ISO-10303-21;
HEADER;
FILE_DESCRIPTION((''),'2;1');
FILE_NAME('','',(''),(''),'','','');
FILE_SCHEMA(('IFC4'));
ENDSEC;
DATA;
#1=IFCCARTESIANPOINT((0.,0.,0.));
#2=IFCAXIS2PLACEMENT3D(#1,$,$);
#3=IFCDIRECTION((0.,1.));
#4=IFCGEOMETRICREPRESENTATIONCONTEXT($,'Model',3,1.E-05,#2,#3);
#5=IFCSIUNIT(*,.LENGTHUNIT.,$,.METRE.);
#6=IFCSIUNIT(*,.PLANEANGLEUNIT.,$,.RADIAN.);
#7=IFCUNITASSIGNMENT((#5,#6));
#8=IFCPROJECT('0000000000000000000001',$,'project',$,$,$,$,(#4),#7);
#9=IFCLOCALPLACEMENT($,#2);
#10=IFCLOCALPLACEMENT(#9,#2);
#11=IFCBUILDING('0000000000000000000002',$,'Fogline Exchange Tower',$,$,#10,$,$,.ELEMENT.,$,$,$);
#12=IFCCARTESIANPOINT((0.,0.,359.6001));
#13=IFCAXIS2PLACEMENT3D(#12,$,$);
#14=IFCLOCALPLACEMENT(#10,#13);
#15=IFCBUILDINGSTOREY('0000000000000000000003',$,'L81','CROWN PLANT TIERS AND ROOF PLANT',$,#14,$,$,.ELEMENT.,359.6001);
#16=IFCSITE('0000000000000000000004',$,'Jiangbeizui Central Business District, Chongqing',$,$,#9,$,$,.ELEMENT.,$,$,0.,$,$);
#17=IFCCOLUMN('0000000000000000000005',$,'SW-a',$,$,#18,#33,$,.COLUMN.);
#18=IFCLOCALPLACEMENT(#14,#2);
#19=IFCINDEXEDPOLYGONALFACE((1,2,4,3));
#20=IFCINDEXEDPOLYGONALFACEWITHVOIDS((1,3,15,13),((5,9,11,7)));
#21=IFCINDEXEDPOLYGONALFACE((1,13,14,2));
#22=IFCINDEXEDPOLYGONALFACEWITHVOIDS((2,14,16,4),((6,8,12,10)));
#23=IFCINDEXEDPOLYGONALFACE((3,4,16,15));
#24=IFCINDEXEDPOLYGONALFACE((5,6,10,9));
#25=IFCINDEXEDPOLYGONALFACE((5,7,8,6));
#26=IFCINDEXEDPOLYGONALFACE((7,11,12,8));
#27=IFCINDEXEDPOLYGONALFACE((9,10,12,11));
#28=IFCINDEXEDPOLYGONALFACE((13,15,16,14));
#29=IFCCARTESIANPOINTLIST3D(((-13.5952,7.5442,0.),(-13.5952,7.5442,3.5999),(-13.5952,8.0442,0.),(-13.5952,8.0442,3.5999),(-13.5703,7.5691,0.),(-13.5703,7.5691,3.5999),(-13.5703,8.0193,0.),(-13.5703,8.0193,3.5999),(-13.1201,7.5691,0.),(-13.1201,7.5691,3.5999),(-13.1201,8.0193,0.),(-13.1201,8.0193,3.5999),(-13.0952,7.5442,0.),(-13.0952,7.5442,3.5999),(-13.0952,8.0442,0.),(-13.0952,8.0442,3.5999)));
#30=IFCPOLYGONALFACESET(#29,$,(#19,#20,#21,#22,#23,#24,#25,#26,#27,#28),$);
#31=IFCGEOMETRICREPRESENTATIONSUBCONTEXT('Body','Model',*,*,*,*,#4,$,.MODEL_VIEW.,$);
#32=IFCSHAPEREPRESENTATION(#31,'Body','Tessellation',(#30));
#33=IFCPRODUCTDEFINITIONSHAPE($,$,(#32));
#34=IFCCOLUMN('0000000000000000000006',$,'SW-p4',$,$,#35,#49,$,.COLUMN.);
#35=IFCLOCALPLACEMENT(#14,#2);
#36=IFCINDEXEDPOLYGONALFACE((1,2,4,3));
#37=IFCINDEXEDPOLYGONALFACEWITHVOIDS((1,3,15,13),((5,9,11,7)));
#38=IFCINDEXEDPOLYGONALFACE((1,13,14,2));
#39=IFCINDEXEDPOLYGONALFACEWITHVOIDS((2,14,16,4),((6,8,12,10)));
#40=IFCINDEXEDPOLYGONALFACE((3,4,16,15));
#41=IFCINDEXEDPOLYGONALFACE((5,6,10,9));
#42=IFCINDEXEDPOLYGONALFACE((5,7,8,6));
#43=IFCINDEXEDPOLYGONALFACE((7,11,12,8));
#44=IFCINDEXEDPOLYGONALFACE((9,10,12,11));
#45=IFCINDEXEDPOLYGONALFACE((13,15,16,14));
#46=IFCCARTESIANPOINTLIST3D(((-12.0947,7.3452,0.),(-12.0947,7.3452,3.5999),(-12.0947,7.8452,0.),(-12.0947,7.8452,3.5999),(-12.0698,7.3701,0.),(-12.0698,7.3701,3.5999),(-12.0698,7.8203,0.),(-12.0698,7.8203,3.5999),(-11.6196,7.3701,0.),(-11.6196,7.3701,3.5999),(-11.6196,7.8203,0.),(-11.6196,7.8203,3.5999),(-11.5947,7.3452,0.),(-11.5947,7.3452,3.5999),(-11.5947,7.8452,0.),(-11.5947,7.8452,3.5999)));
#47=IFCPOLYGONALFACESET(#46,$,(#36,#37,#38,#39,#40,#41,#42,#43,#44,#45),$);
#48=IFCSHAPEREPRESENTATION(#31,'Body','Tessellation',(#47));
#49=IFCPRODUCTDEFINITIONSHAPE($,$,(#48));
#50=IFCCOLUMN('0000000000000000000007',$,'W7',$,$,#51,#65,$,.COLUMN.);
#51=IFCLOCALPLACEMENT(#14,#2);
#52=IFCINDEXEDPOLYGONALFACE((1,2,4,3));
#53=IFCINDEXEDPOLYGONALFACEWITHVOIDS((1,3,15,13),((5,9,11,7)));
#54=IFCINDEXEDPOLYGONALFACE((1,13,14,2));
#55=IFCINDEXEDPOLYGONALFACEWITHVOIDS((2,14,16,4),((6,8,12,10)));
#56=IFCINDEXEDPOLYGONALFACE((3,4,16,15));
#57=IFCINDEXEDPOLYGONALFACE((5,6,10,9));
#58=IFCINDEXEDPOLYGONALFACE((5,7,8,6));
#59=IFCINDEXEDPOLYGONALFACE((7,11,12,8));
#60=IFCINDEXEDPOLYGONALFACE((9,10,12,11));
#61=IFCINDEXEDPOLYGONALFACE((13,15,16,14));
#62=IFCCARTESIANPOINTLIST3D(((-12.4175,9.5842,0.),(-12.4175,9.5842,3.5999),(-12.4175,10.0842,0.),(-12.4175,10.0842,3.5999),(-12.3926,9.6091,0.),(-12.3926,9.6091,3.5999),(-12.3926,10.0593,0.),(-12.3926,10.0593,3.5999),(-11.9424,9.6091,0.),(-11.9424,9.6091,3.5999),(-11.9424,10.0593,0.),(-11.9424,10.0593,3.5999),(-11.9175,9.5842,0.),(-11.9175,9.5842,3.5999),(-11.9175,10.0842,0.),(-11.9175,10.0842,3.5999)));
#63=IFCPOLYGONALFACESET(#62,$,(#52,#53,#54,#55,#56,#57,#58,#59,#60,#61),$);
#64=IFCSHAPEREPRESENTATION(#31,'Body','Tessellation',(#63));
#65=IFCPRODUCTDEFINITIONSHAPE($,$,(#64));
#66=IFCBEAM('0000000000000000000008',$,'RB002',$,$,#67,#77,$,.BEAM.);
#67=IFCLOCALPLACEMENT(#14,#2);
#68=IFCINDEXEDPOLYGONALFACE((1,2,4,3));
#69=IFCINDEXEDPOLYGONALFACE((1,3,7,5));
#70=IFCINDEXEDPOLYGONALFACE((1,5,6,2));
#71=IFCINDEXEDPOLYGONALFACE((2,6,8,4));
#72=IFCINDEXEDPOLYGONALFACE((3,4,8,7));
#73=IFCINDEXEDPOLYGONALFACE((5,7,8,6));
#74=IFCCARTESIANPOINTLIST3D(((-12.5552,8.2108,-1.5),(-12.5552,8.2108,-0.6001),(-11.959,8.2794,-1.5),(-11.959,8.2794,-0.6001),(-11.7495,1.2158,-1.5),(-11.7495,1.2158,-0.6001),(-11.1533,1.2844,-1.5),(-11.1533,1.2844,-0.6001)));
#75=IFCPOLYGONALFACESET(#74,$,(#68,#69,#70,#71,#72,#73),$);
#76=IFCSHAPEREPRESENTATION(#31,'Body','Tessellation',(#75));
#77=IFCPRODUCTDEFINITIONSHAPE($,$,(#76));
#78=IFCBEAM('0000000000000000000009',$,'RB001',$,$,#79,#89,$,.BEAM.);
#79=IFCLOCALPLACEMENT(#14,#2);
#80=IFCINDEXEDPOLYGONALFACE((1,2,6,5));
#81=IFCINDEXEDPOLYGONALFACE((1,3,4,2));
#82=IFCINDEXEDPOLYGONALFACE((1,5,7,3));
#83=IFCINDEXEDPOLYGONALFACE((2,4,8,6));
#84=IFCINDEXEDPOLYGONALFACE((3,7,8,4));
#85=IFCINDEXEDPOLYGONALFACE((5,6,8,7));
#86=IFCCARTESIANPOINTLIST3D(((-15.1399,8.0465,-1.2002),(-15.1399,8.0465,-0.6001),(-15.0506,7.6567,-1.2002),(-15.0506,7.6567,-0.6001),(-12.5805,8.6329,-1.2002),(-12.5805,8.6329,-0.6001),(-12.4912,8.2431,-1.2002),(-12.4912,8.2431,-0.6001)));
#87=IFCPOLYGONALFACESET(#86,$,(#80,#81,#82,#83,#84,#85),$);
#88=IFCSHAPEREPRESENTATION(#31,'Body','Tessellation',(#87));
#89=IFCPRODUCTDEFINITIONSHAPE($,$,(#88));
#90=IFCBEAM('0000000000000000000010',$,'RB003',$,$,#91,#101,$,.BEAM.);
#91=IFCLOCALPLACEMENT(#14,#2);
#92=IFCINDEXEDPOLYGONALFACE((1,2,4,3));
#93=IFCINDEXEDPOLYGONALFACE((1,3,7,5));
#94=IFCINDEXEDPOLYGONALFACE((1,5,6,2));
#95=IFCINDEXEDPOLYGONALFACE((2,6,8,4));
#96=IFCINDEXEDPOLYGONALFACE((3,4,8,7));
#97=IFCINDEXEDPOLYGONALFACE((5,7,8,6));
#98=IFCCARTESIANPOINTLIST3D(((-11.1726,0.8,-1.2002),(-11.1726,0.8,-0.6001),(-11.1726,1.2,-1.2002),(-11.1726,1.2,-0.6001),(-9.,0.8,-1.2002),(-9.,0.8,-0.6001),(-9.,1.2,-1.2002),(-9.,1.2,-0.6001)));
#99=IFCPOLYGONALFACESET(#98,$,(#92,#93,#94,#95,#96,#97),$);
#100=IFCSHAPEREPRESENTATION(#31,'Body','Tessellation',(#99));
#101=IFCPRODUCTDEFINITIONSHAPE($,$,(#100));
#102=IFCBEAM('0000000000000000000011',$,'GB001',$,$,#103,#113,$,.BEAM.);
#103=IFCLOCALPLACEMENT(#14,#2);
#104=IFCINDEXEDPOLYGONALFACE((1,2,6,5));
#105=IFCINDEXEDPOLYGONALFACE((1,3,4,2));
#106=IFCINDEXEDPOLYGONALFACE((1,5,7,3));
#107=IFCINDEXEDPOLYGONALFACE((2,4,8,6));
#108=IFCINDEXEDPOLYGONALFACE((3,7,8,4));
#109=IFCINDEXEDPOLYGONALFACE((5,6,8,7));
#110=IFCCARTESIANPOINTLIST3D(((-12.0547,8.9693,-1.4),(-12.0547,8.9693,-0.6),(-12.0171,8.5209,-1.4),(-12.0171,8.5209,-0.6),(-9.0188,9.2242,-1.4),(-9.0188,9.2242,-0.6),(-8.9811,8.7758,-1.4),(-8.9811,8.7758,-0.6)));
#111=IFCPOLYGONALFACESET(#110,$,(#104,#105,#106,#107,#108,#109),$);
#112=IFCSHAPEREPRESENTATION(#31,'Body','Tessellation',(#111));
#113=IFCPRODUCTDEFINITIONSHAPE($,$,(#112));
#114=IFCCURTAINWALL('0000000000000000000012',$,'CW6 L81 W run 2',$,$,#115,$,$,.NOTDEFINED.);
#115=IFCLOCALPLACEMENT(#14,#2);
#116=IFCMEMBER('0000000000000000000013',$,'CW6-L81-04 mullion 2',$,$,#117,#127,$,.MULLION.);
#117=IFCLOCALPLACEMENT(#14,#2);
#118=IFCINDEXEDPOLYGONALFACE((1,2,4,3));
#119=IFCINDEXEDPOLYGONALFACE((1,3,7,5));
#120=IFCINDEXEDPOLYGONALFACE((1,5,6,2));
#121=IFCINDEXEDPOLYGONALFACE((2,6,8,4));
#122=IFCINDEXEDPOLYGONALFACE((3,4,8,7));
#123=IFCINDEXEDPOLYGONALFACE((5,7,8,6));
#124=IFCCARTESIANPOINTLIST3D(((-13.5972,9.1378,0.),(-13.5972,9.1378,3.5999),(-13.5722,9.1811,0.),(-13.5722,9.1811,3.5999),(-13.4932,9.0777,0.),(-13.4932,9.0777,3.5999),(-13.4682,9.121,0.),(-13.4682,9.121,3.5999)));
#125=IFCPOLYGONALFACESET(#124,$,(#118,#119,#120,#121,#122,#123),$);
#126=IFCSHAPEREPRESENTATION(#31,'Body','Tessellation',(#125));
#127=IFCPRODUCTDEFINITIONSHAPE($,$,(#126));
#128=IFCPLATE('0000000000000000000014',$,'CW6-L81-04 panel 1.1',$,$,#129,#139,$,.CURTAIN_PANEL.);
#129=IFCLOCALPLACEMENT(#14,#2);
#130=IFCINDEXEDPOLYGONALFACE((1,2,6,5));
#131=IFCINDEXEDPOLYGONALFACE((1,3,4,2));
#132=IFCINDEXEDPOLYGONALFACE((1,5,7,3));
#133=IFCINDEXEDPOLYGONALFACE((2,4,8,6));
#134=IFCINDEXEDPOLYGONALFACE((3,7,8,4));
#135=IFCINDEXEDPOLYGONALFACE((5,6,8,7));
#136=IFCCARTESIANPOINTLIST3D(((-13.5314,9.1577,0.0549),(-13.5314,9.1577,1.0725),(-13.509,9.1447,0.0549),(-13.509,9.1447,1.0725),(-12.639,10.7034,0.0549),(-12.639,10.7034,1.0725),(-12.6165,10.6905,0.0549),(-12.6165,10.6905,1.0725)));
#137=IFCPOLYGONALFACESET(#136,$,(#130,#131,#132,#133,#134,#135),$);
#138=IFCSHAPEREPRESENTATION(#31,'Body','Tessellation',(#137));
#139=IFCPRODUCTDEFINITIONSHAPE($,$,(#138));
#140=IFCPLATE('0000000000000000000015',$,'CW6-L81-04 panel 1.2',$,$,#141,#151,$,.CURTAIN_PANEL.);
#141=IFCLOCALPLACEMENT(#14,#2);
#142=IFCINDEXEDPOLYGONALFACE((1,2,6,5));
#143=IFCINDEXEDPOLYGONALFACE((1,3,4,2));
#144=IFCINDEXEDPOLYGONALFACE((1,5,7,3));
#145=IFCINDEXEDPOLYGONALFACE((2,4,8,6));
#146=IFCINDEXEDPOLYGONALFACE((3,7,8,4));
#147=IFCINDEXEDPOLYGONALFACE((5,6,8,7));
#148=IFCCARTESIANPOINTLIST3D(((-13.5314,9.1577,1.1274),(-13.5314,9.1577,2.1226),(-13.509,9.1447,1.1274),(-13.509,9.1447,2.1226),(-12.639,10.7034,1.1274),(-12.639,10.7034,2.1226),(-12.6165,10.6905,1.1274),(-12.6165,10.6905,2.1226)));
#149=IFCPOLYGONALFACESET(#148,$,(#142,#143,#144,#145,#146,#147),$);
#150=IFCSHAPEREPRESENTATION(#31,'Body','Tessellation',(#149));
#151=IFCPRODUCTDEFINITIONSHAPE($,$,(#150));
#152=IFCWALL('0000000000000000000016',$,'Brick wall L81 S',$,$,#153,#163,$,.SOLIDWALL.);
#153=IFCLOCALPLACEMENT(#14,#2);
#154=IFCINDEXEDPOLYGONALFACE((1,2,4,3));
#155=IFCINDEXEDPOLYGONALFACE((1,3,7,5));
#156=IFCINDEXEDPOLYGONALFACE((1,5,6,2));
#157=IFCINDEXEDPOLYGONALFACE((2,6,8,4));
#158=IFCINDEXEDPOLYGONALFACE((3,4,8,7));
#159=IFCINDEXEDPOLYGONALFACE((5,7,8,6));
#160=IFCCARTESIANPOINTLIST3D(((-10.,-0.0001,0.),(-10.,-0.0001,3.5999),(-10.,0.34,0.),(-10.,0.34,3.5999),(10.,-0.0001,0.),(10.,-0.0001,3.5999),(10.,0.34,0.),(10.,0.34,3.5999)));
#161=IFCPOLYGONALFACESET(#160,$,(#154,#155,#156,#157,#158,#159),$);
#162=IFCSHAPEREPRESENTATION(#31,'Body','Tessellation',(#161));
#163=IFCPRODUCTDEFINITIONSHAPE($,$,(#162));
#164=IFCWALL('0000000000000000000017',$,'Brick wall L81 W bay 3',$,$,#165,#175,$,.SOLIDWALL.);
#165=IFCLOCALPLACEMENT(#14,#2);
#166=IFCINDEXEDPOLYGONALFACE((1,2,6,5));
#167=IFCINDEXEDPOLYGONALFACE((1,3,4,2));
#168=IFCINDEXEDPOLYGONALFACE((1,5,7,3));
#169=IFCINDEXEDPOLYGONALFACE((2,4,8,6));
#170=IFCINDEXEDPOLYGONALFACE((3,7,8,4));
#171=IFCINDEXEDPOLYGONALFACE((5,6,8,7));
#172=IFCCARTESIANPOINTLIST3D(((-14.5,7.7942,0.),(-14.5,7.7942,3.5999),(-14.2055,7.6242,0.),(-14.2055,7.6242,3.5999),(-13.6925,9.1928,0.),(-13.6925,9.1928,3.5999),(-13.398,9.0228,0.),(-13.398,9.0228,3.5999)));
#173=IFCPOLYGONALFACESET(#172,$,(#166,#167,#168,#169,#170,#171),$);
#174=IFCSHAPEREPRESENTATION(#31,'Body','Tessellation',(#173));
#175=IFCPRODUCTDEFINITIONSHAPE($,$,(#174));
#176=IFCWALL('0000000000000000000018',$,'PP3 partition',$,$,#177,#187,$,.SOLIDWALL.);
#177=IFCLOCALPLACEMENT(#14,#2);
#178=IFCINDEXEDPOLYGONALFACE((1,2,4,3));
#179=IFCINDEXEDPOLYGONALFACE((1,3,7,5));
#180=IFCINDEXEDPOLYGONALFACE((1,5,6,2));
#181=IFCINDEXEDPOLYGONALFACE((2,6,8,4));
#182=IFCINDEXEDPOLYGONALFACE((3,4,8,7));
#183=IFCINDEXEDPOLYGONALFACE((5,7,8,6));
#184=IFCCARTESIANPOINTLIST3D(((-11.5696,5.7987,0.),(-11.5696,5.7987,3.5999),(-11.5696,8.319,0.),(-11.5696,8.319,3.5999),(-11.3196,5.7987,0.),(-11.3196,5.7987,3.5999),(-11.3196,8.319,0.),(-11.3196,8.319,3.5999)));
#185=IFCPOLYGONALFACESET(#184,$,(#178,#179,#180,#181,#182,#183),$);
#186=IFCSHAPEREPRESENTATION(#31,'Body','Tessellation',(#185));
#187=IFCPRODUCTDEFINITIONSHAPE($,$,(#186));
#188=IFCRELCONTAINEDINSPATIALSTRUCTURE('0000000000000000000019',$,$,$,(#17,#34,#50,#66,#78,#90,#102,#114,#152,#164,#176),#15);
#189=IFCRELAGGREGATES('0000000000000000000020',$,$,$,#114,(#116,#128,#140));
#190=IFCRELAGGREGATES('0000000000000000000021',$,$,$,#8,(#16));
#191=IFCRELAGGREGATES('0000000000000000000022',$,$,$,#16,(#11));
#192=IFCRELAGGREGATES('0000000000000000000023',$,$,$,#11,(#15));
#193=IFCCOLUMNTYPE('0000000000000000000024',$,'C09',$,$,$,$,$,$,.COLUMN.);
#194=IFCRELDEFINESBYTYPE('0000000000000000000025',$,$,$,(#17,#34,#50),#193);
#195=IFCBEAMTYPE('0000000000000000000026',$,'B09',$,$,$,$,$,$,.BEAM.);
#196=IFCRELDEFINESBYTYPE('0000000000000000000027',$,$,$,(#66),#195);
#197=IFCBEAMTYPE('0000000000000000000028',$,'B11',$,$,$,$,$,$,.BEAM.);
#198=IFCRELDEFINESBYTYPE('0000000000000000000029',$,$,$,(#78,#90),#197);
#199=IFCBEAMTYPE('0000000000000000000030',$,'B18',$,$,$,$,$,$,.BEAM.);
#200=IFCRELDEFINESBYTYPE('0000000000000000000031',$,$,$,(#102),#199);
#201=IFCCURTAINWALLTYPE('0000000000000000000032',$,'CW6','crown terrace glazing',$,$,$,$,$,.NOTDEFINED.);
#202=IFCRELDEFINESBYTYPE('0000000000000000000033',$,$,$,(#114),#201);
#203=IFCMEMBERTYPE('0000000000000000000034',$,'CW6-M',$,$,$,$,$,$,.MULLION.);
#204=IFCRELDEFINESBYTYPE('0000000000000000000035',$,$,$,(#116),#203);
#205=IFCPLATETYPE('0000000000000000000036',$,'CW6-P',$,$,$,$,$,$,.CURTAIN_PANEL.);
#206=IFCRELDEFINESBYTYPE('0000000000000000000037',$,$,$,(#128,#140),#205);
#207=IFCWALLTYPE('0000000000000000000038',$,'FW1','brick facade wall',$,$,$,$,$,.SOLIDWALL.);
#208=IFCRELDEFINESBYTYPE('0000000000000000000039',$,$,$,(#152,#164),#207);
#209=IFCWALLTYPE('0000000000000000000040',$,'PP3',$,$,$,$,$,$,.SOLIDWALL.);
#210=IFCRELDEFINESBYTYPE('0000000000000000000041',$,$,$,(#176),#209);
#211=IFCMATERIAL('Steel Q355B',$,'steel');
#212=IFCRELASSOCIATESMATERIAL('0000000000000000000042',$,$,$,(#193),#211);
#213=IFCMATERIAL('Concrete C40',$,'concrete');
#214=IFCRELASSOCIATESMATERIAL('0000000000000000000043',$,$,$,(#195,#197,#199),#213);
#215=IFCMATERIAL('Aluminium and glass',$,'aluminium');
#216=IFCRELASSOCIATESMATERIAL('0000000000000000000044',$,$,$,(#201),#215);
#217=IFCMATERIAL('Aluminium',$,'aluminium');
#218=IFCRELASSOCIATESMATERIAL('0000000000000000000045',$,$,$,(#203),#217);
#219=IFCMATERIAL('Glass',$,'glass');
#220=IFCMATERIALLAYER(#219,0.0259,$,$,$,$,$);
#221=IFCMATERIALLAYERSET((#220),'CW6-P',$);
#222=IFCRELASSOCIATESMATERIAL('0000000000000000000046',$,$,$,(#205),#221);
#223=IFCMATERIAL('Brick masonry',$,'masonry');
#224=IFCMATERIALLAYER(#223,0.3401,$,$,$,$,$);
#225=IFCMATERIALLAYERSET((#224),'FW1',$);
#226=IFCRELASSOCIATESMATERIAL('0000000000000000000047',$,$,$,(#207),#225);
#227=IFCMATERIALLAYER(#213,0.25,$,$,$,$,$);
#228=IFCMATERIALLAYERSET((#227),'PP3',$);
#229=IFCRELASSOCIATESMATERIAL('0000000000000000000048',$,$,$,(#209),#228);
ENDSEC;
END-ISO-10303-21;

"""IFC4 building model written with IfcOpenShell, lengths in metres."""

from ifc_helpers import new_model, si_unit, direction, frame, frame_2d, origin, origin_2d, place, context, subcontext, project, spatial, rectangle, hollow_rectangle, extrude, material, layer, layer_set, material_profile, profile_set, type_object, element, aggregate, save


model = new_model("IFC4")

# Units and contexts
model_context = context("Model", 3, precision=1e-05, world=origin(), true_north=direction((0.0, 1.0)))
body_context = subcontext(model_context, "Body", "Model", "MODEL_VIEW")
ifc_project = project(units=[si_unit("LENGTHUNIT", "METRE"), si_unit("PLANEANGLEUNIT", "RADIAN")], contexts=[model_context])

# Site, building, storey
site_placement = place(None, origin())
site = spatial("IfcSite", under=ifc_project, at=site_placement, Name="Jiangbeizui Central Business District, Chongqing", CompositionType="ELEMENT", RefElevation=0.0)
building_placement = place(site_placement, origin())
building = spatial("IfcBuilding", under=site, at=building_placement, Name="Fogline Exchange Tower", CompositionType="ELEMENT")
storey_placement = place(building_placement, frame((0.0, 0.0, 359.6001)))
storey = spatial("IfcBuildingStorey", under=building, at=storey_placement, Name="L81", Description="CROWN PLANT TIERS AND ROOF PLANT", CompositionType="ELEMENT", Elevation=359.6001)

# Columns
ifc_material_1 = material(Name="Steel Q355B", Category="steel")
ifc_material_profile_1 = material_profile(ifc_material_1, hollow_rectangle(XDim=0.5, YDim=0.5, WallThickness=0.0249, at=origin_2d()), Name="BOX500X500X25")
ifc_profile_set_1 = profile_set([ifc_material_profile_1], Name="Steel Q355B")
column_type = type_object("IfcColumnType", Name="C09", PredefinedType="COLUMN", material=ifc_profile_set_1)
for number, where, z_axis, x_axis, name in (
    (1, (-13.3452, 7.7942, 0.0), (0.0, 0.0, 1.0), (1.0, 0.0, 0.0), "SW-a"),
    (2, (-11.8447, 7.5952, 0.0), (0.0, 0.0, 1.0), (1.0, 0.0, 0.0), "SW-p4"),
    (3, (-12.1675, 9.8342, 0.0), (0.0, 0.0, 1.0), (1.0, 0.0, 0.0), "W7"),
):
    element("IfcColumn", number, at=place(storey_placement, frame(where, z_axis=z_axis, x_axis=x_axis)), inside=storey, type_object=column_type, Name=name, PredefinedType="COLUMN", context=body_context, shape_type="SweptSolid", body=[
        extrude(hollow_rectangle(XDim=0.5, YDim=0.5, WallThickness=0.0249, at=origin_2d()), origin(), (0.0, 0.0, 1.0), 3.5999),
    ])

# Beams
ifc_material_2 = material(Name="Concrete C40", Category="concrete")
ifc_material_profile_2 = material_profile(ifc_material_2, rectangle(XDim=0.6001, YDim=0.8999, at=origin_2d()), Name="RC 600x900")
ifc_profile_set_2 = profile_set([ifc_material_profile_2], Name="Concrete C40")
beam_type_1 = type_object("IfcBeamType", Name="B09", PredefinedType="BEAM", material=ifc_profile_set_2)
beam_1_placement = place(storey_placement, frame((-12.2571, 8.2451, -1.05), z_axis=(0.114419, -0.993433, 0.0), x_axis=(0.993433, 0.114419, 0.0)))
element("IfcBeam", 4, at=beam_1_placement, inside=storey, type_object=beam_type_1, Name="RB002", PredefinedType="BEAM", context=body_context, shape_type="SweptSolid", body=[
    extrude(rectangle(XDim=0.6001, YDim=0.8999, at=origin_2d()), origin(), (0.0, 0.0, 1.0), 7.0413),
])
ifc_material_profile_3 = material_profile(ifc_material_2, rectangle(XDim=0.3999, YDim=0.6001, at=origin_2d()), Name="RC 400x600")
ifc_profile_set_3 = profile_set([ifc_material_profile_3], Name="Concrete C40")
beam_type_2 = type_object("IfcBeamType", Name="B11", PredefinedType="BEAM", material=ifc_profile_set_3)
beam_2_placement = place(storey_placement, frame((-15.0952, 7.8516, -0.9001), z_axis=(0.974739, 0.223345, 0.0), x_axis=(-0.223345, 0.974739, 0.0)))
element("IfcBeam", 5, at=beam_2_placement, inside=storey, type_object=beam_type_2, Name="RB001", PredefinedType="BEAM", context=body_context, shape_type="SweptSolid", body=[
    extrude(rectangle(XDim=0.3999, YDim=0.6001, at=origin_2d()), origin(), (0.0, 0.0, 1.0), 2.6257),
])
beam_3_placement = place(storey_placement, frame((-11.1726, 1.0, -0.9001), z_axis=(1.0, 0.0, 0.0), x_axis=(0.0, 1.0, 0.0)))
element("IfcBeam", 6, at=beam_3_placement, inside=storey, type_object=beam_type_2, Name="RB003", PredefinedType="BEAM", context=body_context, shape_type="SweptSolid", body=[
    extrude(rectangle(XDim=0.3999, YDim=0.6001, at=origin_2d()), origin(), (0.0, 0.0, 1.0), 2.1726),
])
ifc_material_profile_4 = material_profile(ifc_material_2, rectangle(XDim=0.45, YDim=0.8, at=origin_2d()), Name="RC 450x800")
ifc_profile_set_4 = profile_set([ifc_material_profile_4], Name="Concrete C40")
beam_type_3 = type_object("IfcBeamType", Name="B18", PredefinedType="BEAM", material=ifc_profile_set_4)
beam_4_placement = place(storey_placement, frame((-12.0359, 8.7451, -1.0), z_axis=(0.996494, 0.083662, 0.0), x_axis=(-0.083662, 0.996494, 0.0)))
element("IfcBeam", 7, at=beam_4_placement, inside=storey, type_object=beam_type_3, Name="GB001", PredefinedType="BEAM", context=body_context, shape_type="SweptSolid", body=[
    extrude(rectangle(XDim=0.45, YDim=0.8, at=origin_2d()), origin(), (0.0, 0.0, 1.0), 3.0466),
])

# Curtain wall, member, plates
ifc_material_3 = material(Name="Aluminium and glass", Category="aluminium")
curtain_wall_type = type_object("IfcCurtainWallType", Name="CW6", Description="crown terrace glazing", PredefinedType="NOTDEFINED", material=ifc_material_3)
curtain_wall_placement = place(storey_placement, origin())
curtain_wall = element("IfcCurtainWall", 8, at=curtain_wall_placement, inside=storey, type_object=curtain_wall_type, Name="CW6 L81 W run 2", PredefinedType="NOTDEFINED")
ifc_material_4 = material(Name="Aluminium", Category="aluminium")
ifc_material_profile_5 = material_profile(ifc_material_4, rectangle(XDim=0.1201, YDim=0.05, at=origin_2d()), Name="Mullion 50x120")
ifc_profile_set_5 = profile_set([ifc_material_profile_5], Name="Aluminium")
member_type = type_object("IfcMemberType", Name="CW6-M", PredefinedType="MULLION", material=ifc_profile_set_5)
member_placement = place(storey_placement, frame((-13.5327, 9.1294, 0.0), z_axis=(0.0, 0.0, 1.0), x_axis=(0.866026, -0.5, 0.0)))
member = element("IfcMember", 9, at=member_placement, type_object=member_type, Name="CW6-L81-04 mullion 2", PredefinedType="MULLION", context=body_context, shape_type="SweptSolid", body=[
    extrude(rectangle(XDim=0.1201, YDim=0.05, at=origin_2d()), origin(), (0.0, 0.0, 1.0), 3.5999),
])
ifc_material_5 = material(Name="Glass", Category="glass")
ifc_layer_1 = layer(ifc_material_5, 0.0259)
ifc_layer_set_1 = layer_set([ifc_layer_1], Name="CW6-P")
plate_type = type_object("IfcPlateType", Name="CW6-P", PredefinedType="CURTAIN_PANEL", material=ifc_layer_set_1)
plate_1_placement = place(storey_placement, frame((-13.074, 9.9241, 0.0549), z_axis=(0.0, 0.0, 1.0), x_axis=(-0.5, -0.866026, 0.0)))
plate_1 = element("IfcPlate", 10, at=plate_1_placement, type_object=plate_type, Name="CW6-L81-04 panel 1.1", PredefinedType="CURTAIN_PANEL", context=body_context, shape_type="SweptSolid", body=[
    extrude(rectangle(XDim=1.7849, YDim=0.0259, at=origin_2d()), origin(), (0.0, 0.0, 1.0), 1.0176),
])
plate_2_placement = place(storey_placement, frame((-13.074, 9.9241, 1.1274), z_axis=(0.0, 0.0, 1.0), x_axis=(-0.5, -0.866026, 0.0)))
plate_2 = element("IfcPlate", 11, at=plate_2_placement, type_object=plate_type, Name="CW6-L81-04 panel 1.2", PredefinedType="CURTAIN_PANEL", context=body_context, shape_type="SweptSolid", body=[
    extrude(rectangle(XDim=1.7849, YDim=0.0259, at=origin_2d()), origin(), (0.0, 0.0, 1.0), 0.9951),
])
aggregate(curtain_wall, [member, plate_1, plate_2])

# Shared definitions
ifc_material_6 = material(Name="Brick masonry", Category="masonry")
ifc_layer_2 = layer(ifc_material_6, 0.3401)
ifc_layer_set_2 = layer_set([ifc_layer_2], Name="FW1")
wall_type_1 = type_object("IfcWallType", Name="FW1", Description="brick facade wall", PredefinedType="SOLIDWALL", material=ifc_layer_set_2)

# Walls
wall_1_placement = place(storey_placement, frame((-10.0, 0.1699, 0.0), z_axis=(0.0, 0.0, 1.0), x_axis=(1.0, 0.0, 0.0)))
element("IfcWall", 12, at=wall_1_placement, inside=storey, type_object=wall_type_1, Name="Brick wall L81 S", PredefinedType="SOLIDWALL", context=body_context, shape_type="SweptSolid", body=[
    extrude(rectangle(XDim=20.0, YDim=0.3401, at=frame_2d((10.0, 0.0))), origin(), (0.0, 0.0, 1.0), 3.5999),
])
wall_2_placement = place(storey_placement, frame((-13.5452, 9.1079, 0.0), z_axis=(0.0, 0.0, 1.0), x_axis=(-0.500041, -0.866002, 0.0)))
element("IfcWall", 13, at=wall_2_placement, inside=storey, type_object=wall_type_1, Name="Brick wall L81 W bay 3", PredefinedType="SOLIDWALL", context=body_context, shape_type="SweptSolid", body=[
    extrude(rectangle(XDim=1.615, YDim=0.3401, at=frame_2d((0.8076, 0.0))), origin(), (0.0, 0.0, 1.0), 3.5999),
])
ifc_layer_3 = layer(ifc_material_2, 0.25)
ifc_layer_set_3 = layer_set([ifc_layer_3], Name="PP3")
wall_type_2 = type_object("IfcWallType", Name="PP3", PredefinedType="SOLIDWALL", material=ifc_layer_set_3)
wall_3_placement = place(storey_placement, frame((-11.4446, 8.3191, 0.0), z_axis=(0.0, 0.0, 1.0), x_axis=(0.0, -1.0, 0.0)))
element("IfcWall", 14, at=wall_3_placement, inside=storey, type_object=wall_type_2, Name="PP3 partition", PredefinedType="SOLIDWALL", context=body_context, shape_type="SweptSolid", body=[
    extrude(rectangle(XDim=2.5203, YDim=0.25, at=frame_2d((1.2603, 0.0))), origin(), (0.0, 0.0, 1.0), 3.5999),
])

save(model, "model.ifc")
